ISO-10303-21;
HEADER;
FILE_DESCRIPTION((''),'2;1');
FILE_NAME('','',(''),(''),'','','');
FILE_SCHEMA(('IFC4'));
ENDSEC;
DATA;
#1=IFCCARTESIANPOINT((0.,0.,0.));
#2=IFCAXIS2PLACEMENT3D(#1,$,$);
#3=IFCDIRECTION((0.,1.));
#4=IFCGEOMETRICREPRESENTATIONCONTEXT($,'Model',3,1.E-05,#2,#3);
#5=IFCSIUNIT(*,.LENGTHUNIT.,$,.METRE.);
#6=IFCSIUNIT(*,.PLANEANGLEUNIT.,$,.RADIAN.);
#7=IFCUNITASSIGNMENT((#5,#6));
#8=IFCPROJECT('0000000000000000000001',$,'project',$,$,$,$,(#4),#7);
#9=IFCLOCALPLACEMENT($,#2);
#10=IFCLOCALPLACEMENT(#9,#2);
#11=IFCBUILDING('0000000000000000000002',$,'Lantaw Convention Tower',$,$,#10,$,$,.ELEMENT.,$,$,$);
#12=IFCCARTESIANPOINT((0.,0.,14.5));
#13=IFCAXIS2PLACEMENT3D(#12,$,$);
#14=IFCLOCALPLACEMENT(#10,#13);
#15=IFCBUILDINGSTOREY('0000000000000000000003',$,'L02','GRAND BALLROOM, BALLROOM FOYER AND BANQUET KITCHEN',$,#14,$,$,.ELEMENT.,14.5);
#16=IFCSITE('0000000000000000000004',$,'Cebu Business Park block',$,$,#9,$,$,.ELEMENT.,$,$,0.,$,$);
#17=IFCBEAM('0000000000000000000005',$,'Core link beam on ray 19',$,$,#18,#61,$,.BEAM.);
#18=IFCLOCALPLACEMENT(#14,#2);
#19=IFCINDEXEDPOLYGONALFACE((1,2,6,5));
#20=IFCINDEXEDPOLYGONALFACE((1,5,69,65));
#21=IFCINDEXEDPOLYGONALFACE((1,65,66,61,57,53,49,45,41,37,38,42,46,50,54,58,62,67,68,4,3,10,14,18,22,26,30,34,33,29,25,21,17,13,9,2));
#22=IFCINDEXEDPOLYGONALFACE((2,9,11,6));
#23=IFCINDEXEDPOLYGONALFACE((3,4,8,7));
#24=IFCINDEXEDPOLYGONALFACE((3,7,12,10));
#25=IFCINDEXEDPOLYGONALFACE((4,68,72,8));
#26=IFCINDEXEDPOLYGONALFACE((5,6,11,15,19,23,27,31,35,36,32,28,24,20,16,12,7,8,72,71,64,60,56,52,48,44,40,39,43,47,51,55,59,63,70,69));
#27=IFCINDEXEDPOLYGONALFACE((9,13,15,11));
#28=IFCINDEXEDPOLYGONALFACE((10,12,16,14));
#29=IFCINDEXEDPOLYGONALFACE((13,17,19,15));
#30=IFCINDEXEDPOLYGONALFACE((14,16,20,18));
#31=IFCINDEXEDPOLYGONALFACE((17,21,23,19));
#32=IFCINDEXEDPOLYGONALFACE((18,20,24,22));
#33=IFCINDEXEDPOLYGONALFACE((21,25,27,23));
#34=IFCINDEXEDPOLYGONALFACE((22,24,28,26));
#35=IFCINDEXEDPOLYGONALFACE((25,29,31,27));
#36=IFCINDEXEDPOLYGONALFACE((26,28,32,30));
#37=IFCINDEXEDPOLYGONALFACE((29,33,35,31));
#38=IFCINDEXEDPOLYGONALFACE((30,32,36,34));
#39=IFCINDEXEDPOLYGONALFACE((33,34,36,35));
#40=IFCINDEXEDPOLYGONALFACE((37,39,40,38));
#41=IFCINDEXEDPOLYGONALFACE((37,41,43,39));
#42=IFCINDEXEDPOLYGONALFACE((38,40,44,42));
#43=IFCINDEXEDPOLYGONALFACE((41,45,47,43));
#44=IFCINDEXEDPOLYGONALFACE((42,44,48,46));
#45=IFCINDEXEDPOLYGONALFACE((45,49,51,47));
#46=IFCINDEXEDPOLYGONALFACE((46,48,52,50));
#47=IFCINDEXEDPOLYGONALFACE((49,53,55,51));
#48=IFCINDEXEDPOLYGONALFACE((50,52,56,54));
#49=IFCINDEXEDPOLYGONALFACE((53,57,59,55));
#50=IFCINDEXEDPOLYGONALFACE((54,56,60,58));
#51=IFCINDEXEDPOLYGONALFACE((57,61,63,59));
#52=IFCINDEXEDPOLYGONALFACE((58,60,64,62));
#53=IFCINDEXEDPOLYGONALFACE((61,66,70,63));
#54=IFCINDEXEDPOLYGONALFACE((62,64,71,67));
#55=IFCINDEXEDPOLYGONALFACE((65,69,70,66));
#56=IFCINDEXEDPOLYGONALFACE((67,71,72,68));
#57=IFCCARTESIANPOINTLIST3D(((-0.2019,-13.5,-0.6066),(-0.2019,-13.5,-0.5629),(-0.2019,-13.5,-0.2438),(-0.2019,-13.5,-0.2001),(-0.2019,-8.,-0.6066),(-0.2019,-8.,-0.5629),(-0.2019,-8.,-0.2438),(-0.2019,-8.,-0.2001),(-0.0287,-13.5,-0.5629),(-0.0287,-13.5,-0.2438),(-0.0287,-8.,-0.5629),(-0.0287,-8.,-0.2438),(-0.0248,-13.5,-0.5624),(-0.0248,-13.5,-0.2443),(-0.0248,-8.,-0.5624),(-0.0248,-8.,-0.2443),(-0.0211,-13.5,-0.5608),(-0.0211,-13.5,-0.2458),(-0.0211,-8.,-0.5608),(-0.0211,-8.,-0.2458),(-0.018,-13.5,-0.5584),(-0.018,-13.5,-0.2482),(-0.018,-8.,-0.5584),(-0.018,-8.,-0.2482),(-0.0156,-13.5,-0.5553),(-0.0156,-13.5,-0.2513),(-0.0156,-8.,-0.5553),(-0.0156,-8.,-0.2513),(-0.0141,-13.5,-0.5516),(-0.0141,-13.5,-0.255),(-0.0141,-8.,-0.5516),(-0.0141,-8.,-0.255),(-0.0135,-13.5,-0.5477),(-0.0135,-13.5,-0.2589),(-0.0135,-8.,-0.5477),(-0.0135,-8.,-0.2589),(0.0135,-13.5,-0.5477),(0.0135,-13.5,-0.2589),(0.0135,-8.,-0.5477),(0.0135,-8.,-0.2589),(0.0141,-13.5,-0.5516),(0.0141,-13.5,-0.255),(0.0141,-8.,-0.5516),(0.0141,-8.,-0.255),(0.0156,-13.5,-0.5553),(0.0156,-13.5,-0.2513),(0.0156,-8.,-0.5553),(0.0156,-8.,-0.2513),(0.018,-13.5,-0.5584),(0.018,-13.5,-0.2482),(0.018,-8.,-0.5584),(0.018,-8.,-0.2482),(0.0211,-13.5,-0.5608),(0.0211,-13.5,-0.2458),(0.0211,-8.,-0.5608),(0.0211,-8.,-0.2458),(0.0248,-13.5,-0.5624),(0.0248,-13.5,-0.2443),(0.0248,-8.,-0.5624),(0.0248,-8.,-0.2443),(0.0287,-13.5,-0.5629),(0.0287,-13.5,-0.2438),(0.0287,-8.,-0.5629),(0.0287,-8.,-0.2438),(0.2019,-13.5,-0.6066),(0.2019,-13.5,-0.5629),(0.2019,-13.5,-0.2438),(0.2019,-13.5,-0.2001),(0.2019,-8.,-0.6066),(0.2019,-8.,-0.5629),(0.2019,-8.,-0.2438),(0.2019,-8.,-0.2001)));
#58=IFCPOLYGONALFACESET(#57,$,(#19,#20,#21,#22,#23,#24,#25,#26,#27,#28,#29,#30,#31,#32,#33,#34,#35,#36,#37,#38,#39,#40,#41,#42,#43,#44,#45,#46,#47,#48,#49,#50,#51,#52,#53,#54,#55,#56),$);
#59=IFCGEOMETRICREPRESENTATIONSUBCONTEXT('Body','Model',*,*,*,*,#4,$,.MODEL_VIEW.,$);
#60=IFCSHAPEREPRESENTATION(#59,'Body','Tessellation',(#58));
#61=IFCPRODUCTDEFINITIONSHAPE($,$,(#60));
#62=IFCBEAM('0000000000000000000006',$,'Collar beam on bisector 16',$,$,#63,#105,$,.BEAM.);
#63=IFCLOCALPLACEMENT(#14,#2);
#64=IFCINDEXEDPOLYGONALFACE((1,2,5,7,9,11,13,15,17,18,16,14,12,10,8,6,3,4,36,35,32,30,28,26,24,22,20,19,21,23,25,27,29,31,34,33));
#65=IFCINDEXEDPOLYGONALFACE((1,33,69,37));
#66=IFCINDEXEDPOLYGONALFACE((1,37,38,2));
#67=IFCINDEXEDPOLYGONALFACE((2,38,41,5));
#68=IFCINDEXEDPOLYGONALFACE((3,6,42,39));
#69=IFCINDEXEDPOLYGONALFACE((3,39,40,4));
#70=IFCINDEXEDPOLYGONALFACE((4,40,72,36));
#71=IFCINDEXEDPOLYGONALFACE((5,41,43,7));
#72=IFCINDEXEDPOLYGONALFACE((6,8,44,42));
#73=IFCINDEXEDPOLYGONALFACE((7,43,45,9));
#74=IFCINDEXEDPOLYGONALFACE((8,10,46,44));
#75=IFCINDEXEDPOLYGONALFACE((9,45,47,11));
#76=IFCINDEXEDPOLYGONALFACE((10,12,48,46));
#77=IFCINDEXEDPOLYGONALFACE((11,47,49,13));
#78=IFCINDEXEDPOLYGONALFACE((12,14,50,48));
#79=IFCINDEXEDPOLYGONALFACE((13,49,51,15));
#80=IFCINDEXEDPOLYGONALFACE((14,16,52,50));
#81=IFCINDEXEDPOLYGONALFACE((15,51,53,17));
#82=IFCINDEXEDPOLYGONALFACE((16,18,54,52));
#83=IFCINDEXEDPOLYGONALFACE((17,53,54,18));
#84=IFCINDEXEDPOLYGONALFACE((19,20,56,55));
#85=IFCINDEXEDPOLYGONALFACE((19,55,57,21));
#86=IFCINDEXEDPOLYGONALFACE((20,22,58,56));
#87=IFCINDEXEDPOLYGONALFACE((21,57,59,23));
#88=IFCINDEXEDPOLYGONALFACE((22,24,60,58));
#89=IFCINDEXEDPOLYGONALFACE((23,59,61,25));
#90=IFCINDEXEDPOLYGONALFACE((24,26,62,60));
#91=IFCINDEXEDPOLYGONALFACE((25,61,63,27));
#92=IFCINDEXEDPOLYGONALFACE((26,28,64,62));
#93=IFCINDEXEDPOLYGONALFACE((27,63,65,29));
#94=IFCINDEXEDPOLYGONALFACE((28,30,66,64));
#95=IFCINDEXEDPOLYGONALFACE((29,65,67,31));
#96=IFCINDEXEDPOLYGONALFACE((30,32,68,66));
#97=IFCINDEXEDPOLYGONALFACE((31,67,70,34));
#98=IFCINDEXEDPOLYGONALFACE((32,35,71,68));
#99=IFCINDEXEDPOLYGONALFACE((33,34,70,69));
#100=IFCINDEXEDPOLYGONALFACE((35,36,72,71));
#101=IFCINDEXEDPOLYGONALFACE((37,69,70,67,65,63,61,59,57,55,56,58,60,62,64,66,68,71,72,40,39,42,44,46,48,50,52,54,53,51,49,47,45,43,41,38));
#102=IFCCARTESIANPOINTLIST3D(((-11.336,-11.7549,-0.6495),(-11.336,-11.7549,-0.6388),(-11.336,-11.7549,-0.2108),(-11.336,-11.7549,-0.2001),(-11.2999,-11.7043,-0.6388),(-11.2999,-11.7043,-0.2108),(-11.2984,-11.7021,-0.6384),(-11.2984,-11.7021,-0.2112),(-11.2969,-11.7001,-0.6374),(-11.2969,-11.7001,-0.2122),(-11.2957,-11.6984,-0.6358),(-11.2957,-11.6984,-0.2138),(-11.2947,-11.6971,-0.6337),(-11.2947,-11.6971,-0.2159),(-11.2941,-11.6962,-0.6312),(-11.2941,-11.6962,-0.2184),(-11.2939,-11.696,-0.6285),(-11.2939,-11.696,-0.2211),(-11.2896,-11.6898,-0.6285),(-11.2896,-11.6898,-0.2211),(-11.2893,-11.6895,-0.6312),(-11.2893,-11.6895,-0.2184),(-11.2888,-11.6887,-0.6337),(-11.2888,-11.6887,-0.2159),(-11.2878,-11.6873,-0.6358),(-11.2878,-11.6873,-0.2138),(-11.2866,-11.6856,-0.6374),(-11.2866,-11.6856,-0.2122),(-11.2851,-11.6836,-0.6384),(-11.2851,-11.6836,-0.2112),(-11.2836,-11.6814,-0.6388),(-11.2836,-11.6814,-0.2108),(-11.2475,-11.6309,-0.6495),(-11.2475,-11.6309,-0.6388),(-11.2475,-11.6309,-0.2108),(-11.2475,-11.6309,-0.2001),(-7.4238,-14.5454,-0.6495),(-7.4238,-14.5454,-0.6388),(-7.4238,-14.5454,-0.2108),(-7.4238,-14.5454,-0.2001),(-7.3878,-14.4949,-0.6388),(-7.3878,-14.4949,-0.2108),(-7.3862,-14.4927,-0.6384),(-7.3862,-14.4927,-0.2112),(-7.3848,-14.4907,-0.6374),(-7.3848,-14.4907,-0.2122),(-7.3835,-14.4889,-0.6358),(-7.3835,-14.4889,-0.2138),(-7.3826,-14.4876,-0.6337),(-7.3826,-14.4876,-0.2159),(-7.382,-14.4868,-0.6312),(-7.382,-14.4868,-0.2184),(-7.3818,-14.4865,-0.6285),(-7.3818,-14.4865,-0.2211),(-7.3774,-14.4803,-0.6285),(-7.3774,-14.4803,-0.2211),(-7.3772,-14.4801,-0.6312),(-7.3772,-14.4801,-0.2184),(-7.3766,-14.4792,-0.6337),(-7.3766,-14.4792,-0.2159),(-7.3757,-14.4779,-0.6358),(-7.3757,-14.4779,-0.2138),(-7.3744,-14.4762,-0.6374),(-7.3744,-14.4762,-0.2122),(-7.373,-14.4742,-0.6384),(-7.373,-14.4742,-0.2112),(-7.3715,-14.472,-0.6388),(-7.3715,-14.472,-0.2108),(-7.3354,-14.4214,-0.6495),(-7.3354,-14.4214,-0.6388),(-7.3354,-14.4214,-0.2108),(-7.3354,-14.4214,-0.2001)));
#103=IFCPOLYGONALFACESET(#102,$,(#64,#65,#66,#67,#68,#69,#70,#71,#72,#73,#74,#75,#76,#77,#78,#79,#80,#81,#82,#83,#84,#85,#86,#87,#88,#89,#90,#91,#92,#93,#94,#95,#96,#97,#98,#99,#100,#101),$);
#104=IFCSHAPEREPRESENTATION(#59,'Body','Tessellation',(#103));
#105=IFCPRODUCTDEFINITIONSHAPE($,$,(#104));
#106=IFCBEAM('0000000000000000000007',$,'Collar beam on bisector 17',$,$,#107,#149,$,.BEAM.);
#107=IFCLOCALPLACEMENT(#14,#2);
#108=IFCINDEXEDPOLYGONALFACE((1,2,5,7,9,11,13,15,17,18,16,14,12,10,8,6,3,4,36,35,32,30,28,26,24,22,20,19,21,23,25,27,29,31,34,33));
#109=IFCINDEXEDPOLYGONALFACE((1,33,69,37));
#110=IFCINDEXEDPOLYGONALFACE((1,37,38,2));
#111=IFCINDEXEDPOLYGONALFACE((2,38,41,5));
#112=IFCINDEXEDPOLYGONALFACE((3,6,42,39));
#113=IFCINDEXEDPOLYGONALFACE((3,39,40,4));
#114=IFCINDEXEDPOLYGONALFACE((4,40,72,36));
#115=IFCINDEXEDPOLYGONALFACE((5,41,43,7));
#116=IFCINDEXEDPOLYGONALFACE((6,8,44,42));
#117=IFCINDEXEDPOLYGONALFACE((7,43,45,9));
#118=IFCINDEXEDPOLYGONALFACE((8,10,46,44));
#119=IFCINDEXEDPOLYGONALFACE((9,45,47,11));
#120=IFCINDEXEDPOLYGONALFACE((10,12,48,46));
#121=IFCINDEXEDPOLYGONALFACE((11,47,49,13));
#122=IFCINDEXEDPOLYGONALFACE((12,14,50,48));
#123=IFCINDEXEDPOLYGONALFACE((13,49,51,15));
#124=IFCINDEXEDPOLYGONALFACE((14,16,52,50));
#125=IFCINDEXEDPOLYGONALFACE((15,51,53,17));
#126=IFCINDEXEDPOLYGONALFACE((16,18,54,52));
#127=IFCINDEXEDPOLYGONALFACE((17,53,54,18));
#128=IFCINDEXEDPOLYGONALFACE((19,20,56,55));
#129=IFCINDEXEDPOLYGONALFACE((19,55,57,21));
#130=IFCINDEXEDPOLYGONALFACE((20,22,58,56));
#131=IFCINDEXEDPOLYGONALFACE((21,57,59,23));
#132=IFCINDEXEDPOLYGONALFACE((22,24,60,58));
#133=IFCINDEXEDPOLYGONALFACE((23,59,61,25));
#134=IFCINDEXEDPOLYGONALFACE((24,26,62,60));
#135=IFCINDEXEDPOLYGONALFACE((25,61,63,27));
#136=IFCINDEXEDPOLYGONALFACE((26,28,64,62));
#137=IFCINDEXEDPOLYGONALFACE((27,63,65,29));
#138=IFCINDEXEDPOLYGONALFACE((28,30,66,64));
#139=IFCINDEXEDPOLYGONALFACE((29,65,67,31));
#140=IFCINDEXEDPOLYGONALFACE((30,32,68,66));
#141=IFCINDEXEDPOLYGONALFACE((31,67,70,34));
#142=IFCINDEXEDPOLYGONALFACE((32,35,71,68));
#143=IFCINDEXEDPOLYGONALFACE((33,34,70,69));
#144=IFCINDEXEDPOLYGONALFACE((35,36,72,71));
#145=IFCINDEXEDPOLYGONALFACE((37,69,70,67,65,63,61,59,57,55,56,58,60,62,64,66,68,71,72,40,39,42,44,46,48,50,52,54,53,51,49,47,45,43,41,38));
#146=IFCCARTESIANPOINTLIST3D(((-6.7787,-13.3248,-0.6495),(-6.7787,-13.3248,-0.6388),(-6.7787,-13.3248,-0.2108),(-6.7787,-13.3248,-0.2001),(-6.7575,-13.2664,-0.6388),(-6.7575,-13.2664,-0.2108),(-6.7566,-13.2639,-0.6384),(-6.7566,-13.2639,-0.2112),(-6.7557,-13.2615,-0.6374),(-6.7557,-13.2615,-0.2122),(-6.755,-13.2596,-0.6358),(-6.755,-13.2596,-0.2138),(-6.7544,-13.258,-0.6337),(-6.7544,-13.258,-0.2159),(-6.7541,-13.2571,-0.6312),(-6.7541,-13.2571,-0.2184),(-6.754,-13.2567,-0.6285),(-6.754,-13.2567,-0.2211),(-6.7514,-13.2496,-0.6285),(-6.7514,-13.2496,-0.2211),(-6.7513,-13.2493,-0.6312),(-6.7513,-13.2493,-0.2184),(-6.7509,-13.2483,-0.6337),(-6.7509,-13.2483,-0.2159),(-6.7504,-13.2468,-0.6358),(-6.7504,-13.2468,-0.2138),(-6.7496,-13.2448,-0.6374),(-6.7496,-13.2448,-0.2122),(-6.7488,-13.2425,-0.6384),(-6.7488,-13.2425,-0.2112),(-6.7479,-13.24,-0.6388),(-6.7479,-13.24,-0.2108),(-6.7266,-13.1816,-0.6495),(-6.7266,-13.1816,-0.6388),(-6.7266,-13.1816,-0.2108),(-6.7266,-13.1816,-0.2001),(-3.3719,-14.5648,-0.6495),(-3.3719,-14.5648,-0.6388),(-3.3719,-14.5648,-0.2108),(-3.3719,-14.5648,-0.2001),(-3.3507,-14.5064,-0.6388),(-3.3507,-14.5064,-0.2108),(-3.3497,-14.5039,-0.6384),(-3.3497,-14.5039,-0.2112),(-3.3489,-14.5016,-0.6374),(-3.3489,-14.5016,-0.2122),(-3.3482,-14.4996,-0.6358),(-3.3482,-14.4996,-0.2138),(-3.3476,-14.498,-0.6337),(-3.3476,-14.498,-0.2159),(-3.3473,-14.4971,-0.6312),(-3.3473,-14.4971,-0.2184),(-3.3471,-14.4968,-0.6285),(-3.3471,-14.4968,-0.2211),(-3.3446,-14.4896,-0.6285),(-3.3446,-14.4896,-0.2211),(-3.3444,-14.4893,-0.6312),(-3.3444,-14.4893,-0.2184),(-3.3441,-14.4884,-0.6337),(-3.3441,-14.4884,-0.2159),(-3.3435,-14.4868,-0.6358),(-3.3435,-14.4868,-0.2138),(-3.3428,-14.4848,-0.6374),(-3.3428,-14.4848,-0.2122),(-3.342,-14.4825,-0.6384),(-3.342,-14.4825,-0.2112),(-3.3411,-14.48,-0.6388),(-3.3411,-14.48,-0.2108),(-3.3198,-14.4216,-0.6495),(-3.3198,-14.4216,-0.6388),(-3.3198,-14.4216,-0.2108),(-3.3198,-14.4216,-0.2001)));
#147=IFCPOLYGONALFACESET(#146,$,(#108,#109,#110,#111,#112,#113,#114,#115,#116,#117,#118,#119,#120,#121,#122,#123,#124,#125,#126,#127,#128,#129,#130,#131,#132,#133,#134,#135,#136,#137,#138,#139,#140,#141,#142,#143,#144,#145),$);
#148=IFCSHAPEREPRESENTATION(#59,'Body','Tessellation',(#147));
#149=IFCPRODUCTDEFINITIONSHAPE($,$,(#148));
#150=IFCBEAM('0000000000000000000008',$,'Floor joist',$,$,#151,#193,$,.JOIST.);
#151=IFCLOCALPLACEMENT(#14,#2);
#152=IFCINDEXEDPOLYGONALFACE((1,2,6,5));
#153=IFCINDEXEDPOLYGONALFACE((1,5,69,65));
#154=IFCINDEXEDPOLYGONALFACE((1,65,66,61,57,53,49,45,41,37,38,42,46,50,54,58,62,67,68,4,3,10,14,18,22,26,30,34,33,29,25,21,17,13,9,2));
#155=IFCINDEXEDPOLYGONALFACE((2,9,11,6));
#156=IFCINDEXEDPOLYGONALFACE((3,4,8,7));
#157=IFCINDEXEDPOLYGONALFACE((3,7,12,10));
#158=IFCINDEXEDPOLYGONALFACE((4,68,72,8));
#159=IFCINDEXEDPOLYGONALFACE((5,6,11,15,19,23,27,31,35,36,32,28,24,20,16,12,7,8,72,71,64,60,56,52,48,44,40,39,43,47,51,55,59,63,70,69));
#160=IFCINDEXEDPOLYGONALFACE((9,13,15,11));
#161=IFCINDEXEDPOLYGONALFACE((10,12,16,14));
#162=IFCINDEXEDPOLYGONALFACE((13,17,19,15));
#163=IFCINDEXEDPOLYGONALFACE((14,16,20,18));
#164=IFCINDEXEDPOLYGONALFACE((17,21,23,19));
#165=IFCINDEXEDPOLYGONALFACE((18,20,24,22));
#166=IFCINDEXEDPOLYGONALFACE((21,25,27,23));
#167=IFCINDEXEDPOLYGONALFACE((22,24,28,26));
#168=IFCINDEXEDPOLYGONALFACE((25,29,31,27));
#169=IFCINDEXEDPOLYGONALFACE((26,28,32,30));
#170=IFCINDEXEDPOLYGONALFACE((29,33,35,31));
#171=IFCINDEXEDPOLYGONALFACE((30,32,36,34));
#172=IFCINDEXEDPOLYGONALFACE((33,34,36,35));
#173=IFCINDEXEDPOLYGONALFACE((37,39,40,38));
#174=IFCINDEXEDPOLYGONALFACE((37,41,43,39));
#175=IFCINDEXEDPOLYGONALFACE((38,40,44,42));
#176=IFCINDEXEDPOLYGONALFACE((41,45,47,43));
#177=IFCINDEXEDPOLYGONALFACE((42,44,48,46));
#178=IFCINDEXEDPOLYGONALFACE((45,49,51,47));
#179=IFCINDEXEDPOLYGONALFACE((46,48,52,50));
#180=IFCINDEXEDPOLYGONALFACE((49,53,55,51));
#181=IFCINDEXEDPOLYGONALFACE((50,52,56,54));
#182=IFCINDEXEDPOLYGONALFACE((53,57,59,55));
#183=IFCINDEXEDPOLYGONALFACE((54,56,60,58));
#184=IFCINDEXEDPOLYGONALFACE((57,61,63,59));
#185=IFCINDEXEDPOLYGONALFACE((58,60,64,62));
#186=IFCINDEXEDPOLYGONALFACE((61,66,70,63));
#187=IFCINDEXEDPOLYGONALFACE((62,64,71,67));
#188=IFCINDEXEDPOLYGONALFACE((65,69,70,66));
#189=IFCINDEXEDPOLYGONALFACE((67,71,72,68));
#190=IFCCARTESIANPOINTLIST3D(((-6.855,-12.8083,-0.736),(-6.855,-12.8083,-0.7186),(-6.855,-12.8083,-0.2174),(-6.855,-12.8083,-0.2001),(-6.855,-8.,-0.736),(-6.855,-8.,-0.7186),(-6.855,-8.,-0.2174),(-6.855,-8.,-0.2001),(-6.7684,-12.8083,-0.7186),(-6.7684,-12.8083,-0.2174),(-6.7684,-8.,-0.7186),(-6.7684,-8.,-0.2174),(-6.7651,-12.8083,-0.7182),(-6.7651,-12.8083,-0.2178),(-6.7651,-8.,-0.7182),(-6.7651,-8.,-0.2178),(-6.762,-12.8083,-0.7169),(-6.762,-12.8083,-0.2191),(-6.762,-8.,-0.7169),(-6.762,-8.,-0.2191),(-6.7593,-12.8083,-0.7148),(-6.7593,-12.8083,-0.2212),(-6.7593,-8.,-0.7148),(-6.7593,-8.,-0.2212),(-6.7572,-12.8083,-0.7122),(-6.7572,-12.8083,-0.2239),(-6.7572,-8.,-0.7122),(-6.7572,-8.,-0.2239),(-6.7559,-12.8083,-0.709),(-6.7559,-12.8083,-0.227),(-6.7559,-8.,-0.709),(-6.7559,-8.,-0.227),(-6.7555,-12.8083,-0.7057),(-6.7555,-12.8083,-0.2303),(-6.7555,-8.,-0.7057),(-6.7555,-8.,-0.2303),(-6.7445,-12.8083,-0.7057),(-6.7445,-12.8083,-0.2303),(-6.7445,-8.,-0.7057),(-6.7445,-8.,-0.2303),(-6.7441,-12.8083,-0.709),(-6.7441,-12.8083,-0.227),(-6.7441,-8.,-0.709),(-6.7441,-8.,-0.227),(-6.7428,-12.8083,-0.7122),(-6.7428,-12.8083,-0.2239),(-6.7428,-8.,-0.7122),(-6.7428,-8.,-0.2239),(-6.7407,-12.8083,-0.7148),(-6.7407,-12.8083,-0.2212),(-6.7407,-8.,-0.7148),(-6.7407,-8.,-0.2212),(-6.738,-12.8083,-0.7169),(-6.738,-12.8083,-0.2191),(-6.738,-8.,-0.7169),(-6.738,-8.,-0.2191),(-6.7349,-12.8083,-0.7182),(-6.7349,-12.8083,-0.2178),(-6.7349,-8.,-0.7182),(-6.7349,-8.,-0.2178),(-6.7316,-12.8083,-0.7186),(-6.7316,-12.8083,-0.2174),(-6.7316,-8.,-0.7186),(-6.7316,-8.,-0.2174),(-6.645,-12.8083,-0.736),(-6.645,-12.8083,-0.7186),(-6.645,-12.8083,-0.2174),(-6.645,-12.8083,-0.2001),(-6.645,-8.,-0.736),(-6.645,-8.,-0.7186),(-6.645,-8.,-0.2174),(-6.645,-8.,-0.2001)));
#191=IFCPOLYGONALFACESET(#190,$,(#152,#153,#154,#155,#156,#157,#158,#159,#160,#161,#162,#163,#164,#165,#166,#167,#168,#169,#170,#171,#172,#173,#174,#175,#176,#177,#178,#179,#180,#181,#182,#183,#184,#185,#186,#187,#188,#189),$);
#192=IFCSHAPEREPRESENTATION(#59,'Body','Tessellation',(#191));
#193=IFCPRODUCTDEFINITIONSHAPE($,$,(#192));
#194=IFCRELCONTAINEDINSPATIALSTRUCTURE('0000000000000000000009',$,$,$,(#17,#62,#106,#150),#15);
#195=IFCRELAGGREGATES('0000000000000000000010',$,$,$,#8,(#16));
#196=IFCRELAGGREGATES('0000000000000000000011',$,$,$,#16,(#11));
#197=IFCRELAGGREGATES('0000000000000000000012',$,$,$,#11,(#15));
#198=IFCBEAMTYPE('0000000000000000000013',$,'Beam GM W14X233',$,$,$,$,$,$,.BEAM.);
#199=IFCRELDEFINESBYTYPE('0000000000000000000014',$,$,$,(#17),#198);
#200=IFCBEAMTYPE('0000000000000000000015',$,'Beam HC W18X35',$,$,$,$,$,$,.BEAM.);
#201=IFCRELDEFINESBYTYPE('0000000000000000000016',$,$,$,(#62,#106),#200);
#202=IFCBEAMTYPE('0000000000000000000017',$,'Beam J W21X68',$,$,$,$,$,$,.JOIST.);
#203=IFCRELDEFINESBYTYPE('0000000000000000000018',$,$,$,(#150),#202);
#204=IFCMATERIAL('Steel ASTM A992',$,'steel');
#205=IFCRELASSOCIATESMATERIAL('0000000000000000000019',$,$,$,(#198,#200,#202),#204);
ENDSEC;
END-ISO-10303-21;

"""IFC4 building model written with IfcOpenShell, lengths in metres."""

from ifc_helpers import new_model, si_unit, direction, frame, origin, origin_2d, place, context, subcontext, project, spatial, i_section, extrude, material, material_profile, profile_set, type_object, element, save


model = new_model("IFC4")

# Units and contexts
model_context = context("Model", 3, precision=1e-05, world=origin(), true_north=direction((0.0, 1.0)))
body_context = subcontext(model_context, "Body", "Model", "MODEL_VIEW")
ifc_project = project(units=[si_unit("LENGTHUNIT", "METRE"), si_unit("PLANEANGLEUNIT", "RADIAN")], contexts=[model_context])

# Site, building, storey
site_placement = place(None, origin())
site = spatial("IfcSite", under=ifc_project, at=site_placement, Name="Cebu Business Park block", CompositionType="ELEMENT", RefElevation=0.0)
building_placement = place(site_placement, origin())
building = spatial("IfcBuilding", under=site, at=building_placement, Name="Lantaw Convention Tower", CompositionType="ELEMENT")
storey_placement = place(building_placement, frame((0.0, 0.0, 14.5)))
storey = spatial("IfcBuildingStorey", under=building, at=storey_placement, Name="L02", Description="GRAND BALLROOM, BALLROOM FOYER AND BANQUET KITCHEN", CompositionType="ELEMENT", Elevation=14.5)

# Beams
ifc_material_1 = material(Name="Steel ASTM A992", Category="steel")
ifc_material_profile_1 = material_profile(ifc_material_1, i_section(OverallWidth=0.4038, OverallDepth=0.4065, WebThickness=0.0271, FlangeThickness=0.0437, FilletRadius=0.0151, at=origin_2d()), Name="W14X233")
ifc_profile_set_1 = profile_set([ifc_material_profile_1], Name="Steel ASTM A992")
beam_type_1 = type_object("IfcBeamType", Name="Beam GM W14X233", PredefinedType="BEAM", material=ifc_profile_set_1)
beam_1_placement = place(storey_placement, frame((0.0, -8.0, -0.4033), z_axis=(0.0, -1.0, 0.0), x_axis=(1.0, 0.0, 0.0)))
element("IfcBeam", 1, at=beam_1_placement, inside=storey, type_object=beam_type_1, Name="Core link beam on ray 19", PredefinedType="BEAM", context=body_context, shape_type="SweptSolid", body=[
    extrude(i_section(OverallWidth=0.4038, OverallDepth=0.4065, WebThickness=0.0271, FlangeThickness=0.0437, FilletRadius=0.0151, at=origin_2d()), origin(), (0.0, 0.0, 1.0), 5.5),
])
ifc_material_profile_2 = material_profile(ifc_material_1, i_section(OverallWidth=0.1523, OverallDepth=0.4495, WebThickness=0.0076, FlangeThickness=0.0107, FilletRadius=0.0103, at=origin_2d()), Name="W18X35")
ifc_profile_set_2 = profile_set([ifc_material_profile_2], Name="Steel ASTM A992")
beam_type_2 = type_object("IfcBeamType", Name="Beam HC W18X35", PredefinedType="BEAM", material=ifc_profile_set_2)
beam_2_placement = place(storey_placement, frame((-11.2917, -11.6929, -0.4248), z_axis=(0.814111, -0.580709, 0.0), x_axis=(0.580709, 0.814111, 0.0)))
element("IfcBeam", 2, at=beam_2_placement, inside=storey, type_object=beam_type_2, Name="Collar beam on bisector 16", PredefinedType="BEAM", context=body_context, shape_type="SweptSolid", body=[
    extrude(i_section(OverallWidth=0.1523, OverallDepth=0.4495, WebThickness=0.0076, FlangeThickness=0.0107, FilletRadius=0.0103, at=origin_2d()), origin(), (0.0, 0.0, 1.0), 4.8054),
])
beam_3_placement = place(storey_placement, frame((-6.7527, -13.2532, -0.4248), z_axis=(0.939689, -0.34203, 0.0), x_axis=(0.34203, 0.939689, 0.0)))
element("IfcBeam", 3, at=beam_3_placement, inside=storey, type_object=beam_type_2, Name="Collar beam on bisector 17", PredefinedType="BEAM", context=body_context, shape_type="SweptSolid", body=[
    extrude(i_section(OverallWidth=0.1523, OverallDepth=0.4495, WebThickness=0.0076, FlangeThickness=0.0107, FilletRadius=0.0103, at=origin_2d()), origin(), (0.0, 0.0, 1.0), 3.6255),
])
ifc_material_profile_3 = material_profile(ifc_material_1, i_section(OverallWidth=0.21, OverallDepth=0.5359, WebThickness=0.011, FlangeThickness=0.0173, FilletRadius=0.0129, at=origin_2d()), Name="W21X68")
ifc_profile_set_3 = profile_set([ifc_material_profile_3], Name="Steel ASTM A992")
beam_type_3 = type_object("IfcBeamType", Name="Beam J W21X68", PredefinedType="JOIST", material=ifc_profile_set_3)
beam_4_placement = place(storey_placement, frame((-6.75, -12.8083, -0.468), z_axis=(0.0, 1.0, 0.0), x_axis=(-1.0, 0.0, 0.0)))
element("IfcBeam", 4, at=beam_4_placement, inside=storey, type_object=beam_type_3, Name="Floor joist", PredefinedType="JOIST", context=body_context, shape_type="SweptSolid", body=[
    extrude(i_section(OverallWidth=0.21, OverallDepth=0.5359, WebThickness=0.011, FlangeThickness=0.0173, FilletRadius=0.0129, at=origin_2d()), origin(), (0.0, 0.0, 1.0), 4.8083),
])

save(model, "model.ifc")
